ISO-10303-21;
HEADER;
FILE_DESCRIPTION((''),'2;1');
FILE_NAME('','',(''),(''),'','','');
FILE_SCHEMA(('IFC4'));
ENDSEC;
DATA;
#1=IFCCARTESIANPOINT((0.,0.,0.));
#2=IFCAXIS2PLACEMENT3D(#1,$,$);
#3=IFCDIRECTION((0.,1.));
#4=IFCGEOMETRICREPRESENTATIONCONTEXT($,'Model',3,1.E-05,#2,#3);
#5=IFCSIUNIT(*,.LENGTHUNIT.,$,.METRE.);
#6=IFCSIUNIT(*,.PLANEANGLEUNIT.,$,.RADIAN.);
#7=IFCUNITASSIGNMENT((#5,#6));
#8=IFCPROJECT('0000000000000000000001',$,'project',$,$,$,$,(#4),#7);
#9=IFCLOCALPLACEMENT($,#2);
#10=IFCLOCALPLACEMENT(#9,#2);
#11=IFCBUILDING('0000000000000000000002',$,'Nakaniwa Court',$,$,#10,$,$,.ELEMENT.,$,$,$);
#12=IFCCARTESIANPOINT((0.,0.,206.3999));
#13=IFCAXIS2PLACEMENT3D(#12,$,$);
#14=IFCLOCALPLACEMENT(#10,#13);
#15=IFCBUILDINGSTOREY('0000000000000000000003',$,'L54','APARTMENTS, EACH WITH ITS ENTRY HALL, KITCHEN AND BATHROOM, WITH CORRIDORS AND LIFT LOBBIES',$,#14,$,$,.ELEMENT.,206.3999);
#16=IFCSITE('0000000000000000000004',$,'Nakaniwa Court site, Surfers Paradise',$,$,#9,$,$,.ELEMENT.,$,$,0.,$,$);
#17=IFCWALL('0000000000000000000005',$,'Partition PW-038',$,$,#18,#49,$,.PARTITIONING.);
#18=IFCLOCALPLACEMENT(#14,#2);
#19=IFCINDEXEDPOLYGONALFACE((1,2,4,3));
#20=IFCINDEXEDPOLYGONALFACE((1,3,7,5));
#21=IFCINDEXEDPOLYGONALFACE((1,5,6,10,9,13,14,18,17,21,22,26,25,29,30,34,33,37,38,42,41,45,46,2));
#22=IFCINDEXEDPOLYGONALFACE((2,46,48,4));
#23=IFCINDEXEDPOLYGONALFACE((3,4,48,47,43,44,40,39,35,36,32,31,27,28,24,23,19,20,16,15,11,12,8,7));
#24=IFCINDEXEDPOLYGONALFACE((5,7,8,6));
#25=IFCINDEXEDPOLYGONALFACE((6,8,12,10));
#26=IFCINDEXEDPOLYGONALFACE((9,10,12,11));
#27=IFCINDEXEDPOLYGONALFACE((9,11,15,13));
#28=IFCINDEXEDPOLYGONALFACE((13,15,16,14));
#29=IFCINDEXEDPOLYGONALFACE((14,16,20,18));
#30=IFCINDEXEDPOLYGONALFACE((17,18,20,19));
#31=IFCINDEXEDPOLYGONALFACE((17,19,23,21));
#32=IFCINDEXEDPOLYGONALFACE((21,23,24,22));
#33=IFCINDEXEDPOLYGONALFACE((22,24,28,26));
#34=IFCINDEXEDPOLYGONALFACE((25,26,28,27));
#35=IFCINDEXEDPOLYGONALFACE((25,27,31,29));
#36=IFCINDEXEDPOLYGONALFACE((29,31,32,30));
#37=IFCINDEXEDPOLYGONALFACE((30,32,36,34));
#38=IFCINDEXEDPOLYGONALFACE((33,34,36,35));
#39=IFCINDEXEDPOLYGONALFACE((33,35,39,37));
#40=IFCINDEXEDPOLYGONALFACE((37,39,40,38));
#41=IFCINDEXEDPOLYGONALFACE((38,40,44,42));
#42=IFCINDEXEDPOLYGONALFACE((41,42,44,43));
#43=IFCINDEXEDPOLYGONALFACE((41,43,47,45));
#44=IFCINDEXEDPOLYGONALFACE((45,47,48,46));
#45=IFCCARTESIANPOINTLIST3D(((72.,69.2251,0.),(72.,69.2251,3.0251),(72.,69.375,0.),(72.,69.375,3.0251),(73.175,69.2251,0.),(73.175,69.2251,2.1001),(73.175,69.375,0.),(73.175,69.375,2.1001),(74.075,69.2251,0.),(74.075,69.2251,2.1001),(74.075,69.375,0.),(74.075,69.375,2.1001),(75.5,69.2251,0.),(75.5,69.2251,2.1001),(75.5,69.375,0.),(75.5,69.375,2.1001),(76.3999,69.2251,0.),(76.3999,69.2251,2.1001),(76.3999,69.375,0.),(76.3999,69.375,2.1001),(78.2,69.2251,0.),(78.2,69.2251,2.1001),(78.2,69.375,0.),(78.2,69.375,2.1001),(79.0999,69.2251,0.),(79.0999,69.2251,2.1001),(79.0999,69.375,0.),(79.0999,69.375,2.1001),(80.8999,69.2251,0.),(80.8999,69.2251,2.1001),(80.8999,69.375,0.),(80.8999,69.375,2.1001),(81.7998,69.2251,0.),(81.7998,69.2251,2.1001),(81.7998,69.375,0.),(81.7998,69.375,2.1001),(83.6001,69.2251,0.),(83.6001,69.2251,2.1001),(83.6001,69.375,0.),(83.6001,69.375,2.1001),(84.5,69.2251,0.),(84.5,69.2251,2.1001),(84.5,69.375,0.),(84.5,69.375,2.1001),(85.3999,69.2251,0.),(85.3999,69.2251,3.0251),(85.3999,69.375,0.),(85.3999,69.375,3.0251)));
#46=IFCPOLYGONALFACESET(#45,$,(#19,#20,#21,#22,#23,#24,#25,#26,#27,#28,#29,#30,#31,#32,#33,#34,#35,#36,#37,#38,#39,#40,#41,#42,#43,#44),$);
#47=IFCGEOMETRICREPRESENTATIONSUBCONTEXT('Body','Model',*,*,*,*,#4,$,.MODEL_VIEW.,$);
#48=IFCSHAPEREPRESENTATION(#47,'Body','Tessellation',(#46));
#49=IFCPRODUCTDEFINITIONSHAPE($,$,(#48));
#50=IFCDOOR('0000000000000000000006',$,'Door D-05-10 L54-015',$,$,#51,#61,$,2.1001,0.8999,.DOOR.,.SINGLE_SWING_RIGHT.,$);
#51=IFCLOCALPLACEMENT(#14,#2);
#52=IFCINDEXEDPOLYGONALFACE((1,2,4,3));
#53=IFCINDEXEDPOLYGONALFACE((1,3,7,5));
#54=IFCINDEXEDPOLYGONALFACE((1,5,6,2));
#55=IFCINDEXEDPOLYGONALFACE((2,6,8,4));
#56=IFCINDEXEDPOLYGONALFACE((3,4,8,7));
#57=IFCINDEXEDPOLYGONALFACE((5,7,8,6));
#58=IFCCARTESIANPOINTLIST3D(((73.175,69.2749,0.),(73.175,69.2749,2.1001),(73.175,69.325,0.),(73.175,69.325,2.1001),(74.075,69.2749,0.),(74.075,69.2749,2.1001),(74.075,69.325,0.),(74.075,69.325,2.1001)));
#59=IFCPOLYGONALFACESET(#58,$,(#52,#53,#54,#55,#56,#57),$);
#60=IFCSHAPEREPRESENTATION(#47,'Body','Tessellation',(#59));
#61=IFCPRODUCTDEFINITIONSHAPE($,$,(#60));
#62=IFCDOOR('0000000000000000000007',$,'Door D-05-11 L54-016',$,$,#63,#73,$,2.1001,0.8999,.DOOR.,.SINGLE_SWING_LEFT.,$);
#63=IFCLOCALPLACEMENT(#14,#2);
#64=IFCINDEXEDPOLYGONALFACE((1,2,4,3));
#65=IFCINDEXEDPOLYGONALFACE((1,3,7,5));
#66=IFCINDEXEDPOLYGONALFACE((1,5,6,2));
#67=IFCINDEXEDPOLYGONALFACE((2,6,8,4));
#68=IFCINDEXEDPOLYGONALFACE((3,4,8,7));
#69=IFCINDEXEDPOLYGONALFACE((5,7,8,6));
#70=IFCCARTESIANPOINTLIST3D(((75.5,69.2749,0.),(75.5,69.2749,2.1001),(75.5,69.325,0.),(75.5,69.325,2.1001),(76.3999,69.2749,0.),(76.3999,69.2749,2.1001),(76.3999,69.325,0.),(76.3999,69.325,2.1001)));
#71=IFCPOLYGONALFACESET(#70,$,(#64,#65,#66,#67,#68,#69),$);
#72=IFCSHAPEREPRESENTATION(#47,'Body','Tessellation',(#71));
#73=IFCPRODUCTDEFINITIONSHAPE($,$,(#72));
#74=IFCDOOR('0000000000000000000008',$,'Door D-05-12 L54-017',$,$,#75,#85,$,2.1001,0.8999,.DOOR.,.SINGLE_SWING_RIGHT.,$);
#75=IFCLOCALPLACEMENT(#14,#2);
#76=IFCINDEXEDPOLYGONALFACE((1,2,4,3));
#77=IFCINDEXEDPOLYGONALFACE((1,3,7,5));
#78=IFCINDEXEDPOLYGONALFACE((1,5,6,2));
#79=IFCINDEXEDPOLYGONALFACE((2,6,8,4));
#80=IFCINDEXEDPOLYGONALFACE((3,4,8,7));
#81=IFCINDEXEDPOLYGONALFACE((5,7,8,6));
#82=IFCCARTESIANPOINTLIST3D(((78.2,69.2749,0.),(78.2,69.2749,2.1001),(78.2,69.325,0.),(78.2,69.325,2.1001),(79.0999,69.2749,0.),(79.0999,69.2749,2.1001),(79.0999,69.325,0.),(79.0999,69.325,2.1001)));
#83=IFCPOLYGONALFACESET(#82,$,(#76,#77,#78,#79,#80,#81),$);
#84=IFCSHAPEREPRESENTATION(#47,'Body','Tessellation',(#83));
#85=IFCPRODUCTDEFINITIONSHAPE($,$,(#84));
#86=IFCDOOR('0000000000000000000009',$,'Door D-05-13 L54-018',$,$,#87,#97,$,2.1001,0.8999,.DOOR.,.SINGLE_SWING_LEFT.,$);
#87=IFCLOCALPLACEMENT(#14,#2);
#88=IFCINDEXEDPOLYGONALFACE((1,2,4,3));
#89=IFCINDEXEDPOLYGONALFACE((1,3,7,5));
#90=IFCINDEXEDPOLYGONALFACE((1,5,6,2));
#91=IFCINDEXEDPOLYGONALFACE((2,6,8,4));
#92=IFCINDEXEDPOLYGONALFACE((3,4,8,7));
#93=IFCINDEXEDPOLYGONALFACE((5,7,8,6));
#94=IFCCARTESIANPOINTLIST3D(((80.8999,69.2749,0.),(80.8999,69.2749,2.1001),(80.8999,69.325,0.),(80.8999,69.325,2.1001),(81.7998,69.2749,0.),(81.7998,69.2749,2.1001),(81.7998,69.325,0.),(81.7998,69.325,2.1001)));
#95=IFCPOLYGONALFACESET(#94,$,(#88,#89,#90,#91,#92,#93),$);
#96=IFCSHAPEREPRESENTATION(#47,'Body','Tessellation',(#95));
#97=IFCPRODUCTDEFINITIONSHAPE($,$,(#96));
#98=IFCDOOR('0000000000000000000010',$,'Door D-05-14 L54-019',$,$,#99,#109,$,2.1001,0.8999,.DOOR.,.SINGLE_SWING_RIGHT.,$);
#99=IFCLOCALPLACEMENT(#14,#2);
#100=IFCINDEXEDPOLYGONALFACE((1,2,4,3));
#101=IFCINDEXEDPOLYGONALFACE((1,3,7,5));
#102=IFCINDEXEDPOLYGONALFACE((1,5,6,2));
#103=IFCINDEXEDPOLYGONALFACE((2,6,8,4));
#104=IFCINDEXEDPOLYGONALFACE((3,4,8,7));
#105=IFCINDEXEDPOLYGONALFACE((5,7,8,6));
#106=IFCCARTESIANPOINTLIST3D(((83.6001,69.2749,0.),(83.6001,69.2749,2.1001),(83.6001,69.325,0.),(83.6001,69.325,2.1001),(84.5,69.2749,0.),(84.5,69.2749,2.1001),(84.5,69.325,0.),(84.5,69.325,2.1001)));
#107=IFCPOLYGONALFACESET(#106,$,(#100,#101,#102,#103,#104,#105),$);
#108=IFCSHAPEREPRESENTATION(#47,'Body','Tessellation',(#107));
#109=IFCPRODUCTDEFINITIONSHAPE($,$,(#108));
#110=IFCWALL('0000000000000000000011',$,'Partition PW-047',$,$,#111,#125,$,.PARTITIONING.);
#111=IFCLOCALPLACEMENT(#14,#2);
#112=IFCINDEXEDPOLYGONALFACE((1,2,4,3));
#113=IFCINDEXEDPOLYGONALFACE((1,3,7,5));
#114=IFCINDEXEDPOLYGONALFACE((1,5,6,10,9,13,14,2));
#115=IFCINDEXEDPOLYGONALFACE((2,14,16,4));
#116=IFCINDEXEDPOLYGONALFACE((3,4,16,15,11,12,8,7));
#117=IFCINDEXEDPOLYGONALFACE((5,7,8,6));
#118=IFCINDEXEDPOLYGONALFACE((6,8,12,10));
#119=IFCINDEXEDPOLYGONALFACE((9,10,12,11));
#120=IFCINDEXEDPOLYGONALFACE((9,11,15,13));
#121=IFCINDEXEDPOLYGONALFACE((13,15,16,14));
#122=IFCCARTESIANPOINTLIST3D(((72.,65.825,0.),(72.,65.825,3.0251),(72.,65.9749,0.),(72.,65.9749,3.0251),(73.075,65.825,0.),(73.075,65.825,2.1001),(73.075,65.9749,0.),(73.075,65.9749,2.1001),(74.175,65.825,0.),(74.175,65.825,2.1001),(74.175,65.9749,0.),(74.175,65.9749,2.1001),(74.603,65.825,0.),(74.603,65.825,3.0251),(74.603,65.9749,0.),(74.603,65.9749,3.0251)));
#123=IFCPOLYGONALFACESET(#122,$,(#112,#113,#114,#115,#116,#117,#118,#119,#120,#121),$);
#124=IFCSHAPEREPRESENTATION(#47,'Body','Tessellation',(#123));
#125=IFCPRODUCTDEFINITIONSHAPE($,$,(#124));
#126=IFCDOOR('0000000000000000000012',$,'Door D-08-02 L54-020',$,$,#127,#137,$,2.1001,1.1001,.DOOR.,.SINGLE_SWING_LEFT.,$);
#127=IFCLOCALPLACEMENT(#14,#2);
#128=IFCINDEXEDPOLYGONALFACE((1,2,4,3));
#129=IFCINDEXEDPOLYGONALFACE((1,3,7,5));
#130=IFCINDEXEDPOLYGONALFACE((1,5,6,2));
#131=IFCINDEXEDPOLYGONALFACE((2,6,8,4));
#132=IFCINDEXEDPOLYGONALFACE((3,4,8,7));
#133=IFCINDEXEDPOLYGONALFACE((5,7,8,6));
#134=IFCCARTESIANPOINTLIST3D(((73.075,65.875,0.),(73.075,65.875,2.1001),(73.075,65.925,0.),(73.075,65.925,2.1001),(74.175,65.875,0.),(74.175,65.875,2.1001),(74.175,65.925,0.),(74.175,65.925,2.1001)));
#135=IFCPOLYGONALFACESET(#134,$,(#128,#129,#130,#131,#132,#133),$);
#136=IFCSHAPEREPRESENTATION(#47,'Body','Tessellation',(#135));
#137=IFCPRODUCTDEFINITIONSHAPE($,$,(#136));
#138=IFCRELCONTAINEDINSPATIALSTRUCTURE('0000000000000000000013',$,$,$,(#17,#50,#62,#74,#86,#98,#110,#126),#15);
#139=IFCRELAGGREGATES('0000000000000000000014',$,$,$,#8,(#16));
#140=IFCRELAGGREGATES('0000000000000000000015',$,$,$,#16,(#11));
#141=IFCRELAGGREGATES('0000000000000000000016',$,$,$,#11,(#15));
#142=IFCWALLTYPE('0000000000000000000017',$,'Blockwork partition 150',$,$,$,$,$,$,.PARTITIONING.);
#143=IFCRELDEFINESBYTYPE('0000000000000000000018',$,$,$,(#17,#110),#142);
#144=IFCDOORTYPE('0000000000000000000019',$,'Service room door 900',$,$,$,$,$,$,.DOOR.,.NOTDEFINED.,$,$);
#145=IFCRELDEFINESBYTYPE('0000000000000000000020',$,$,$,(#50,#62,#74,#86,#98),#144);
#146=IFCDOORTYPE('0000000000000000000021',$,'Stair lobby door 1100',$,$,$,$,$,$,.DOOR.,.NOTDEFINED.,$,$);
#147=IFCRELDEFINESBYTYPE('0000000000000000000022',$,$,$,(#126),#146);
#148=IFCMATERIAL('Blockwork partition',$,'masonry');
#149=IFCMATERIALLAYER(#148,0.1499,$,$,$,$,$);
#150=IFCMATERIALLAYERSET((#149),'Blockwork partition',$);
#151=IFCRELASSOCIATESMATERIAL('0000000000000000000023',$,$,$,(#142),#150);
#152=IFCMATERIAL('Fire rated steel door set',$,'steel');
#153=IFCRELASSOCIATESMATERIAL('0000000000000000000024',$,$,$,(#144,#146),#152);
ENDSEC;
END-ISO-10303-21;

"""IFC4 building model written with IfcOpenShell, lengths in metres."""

from ifc_helpers import new_model, si_unit, direction, frame, frame_2d, origin, place, context, subcontext, project, spatial, rectangle, extrude, material, layer, layer_set, type_object, element, fill, save


model = new_model("IFC4")

# Units and contexts
model_context = context("Model", 3, precision=1e-05, world=origin(), true_north=direction((0.0, 1.0)))
body_context = subcontext(model_context, "Body", "Model", "MODEL_VIEW")
ifc_project = project(units=[si_unit("LENGTHUNIT", "METRE"), si_unit("PLANEANGLEUNIT", "RADIAN")], contexts=[model_context])

# Site, building, storey
site_placement = place(None, origin())
site = spatial("IfcSite", under=ifc_project, at=site_placement, Name="Nakaniwa Court site, Surfers Paradise", CompositionType="ELEMENT", RefElevation=0.0)
building_placement = place(site_placement, origin())
building = spatial("IfcBuilding", under=site, at=building_placement, Name="Nakaniwa Court", CompositionType="ELEMENT")
storey_placement = place(building_placement, frame((0.0, 0.0, 206.3999)))
storey = spatial("IfcBuildingStorey", under=building, at=storey_placement, Name="L54", Description="APARTMENTS, EACH WITH ITS ENTRY HALL, KITCHEN AND BATHROOM, WITH CORRIDORS AND LIFT LOBBIES", CompositionType="ELEMENT", Elevation=206.3999)

# Shared definitions
ifc_material_1 = material(Name="Blockwork partition", Category="masonry")
ifc_layer_1 = layer(ifc_material_1, 0.1499)
ifc_layer_set_1 = layer_set([ifc_layer_1], Name="Blockwork partition")
wall_type_1 = type_object("IfcWallType", Name="Blockwork partition 150", PredefinedType="PARTITIONING", material=ifc_layer_set_1)

# Wall, openings, doors
wall_1_placement = place(storey_placement, frame((72.0, 69.3, 0.0), z_axis=(0.0, 0.0, 1.0), x_axis=(1.0, 0.0, 0.0)))
wall_1 = element("IfcWall", 1, at=wall_1_placement, inside=storey, type_object=wall_type_1, Name="Partition PW-038", PredefinedType="PARTITIONING", context=body_context, shape_type="SweptSolid", body=[
    extrude(rectangle(XDim=13.3999, YDim=0.1499, at=frame_2d((6.7, 0.0))), origin(), (0.0, 0.0, 1.0), 3.0251),
])
opening_1_placement = place(wall_1_placement, frame((1.175, 0.0, 0.0)))
opening_1 = element("IfcOpeningElement", 2, at=opening_1_placement, cuts=wall_1, PredefinedType="OPENING", context=body_context, shape_type="SweptSolid", body=[
    extrude(rectangle(XDim=0.8999, YDim=2.1001, at=frame_2d((0.45, 1.05))), frame((0.0, 0.085, 0.0), z_axis=(0.0, -1.0, 0.0), x_axis=(1.0, 0.0, 0.0)), (0.0, 0.0, 1.0), 0.1699),
])
opening_2_placement = place(wall_1_placement, frame((3.5, 0.0, 0.0)))
opening_2 = element("IfcOpeningElement", 3, at=opening_2_placement, cuts=wall_1, PredefinedType="OPENING", context=body_context, shape_type="SweptSolid", body=[
    extrude(rectangle(XDim=0.8999, YDim=2.1001, at=frame_2d((0.45, 1.05))), frame((0.0, 0.085, 0.0), z_axis=(0.0, -1.0, 0.0), x_axis=(1.0, 0.0, 0.0)), (0.0, 0.0, 1.0), 0.1699),
])
opening_3_placement = place(wall_1_placement, frame((6.2, 0.0, 0.0)))
opening_3 = element("IfcOpeningElement", 4, at=opening_3_placement, cuts=wall_1, PredefinedType="OPENING", context=body_context, shape_type="SweptSolid", body=[
    extrude(rectangle(XDim=0.8999, YDim=2.1001, at=frame_2d((0.45, 1.05))), frame((0.0, 0.085, 0.0), z_axis=(0.0, -1.0, 0.0), x_axis=(1.0, 0.0, 0.0)), (0.0, 0.0, 1.0), 0.1699),
])
opening_4_placement = place(wall_1_placement, frame((8.8999, 0.0, 0.0)))
opening_4 = element("IfcOpeningElement", 5, at=opening_4_placement, cuts=wall_1, PredefinedType="OPENING", context=body_context, shape_type="SweptSolid", body=[
    extrude(rectangle(XDim=0.8999, YDim=2.1001, at=frame_2d((0.45, 1.05))), frame((0.0, 0.085, 0.0), z_axis=(0.0, -1.0, 0.0), x_axis=(1.0, 0.0, 0.0)), (0.0, 0.0, 1.0), 0.1699),
])
opening_5_placement = place(wall_1_placement, frame((11.6001, 0.0, 0.0)))
opening_5 = element("IfcOpeningElement", 6, at=opening_5_placement, cuts=wall_1, PredefinedType="OPENING", context=body_context, shape_type="SweptSolid", body=[
    extrude(rectangle(XDim=0.8999, YDim=2.1001, at=frame_2d((0.45, 1.05))), frame((0.0, 0.085, 0.0), z_axis=(0.0, -1.0, 0.0), x_axis=(1.0, 0.0, 0.0)), (0.0, 0.0, 1.0), 0.1699),
])
ifc_material_2 = material(Name="Fire rated steel door set", Category="steel")
door_type_1 = type_object("IfcDoorType", Name="Service room door 900", OperationType="NOTDEFINED", PredefinedType="DOOR", material=ifc_material_2)
door_1_placement = place(opening_1_placement, origin())
door_1 = element("IfcDoor", 7, at=door_1_placement, inside=storey, type_object=door_type_1, Name="Door D-05-10 L54-015", OperationType="SINGLE_SWING_RIGHT", OverallHeight=2.1001, OverallWidth=0.8999, PredefinedType="DOOR", context=body_context, shape_type="SweptSolid", body=[
    extrude(rectangle(XDim=0.8999, YDim=2.1001, at=frame_2d((0.45, 1.05))), frame((0.0, 0.0249, 0.0), z_axis=(0.0, -1.0, 0.0), x_axis=(1.0, 0.0, 0.0)), (0.0, 0.0, 1.0), 0.05),
])
fill(opening_1, door_1)
door_2_placement = place(opening_2_placement, origin())
door_2 = element("IfcDoor", 8, at=door_2_placement, inside=storey, type_object=door_type_1, Name="Door D-05-11 L54-016", OperationType="SINGLE_SWING_LEFT", OverallHeight=2.1001, OverallWidth=0.8999, PredefinedType="DOOR", context=body_context, shape_type="SweptSolid", body=[
    extrude(rectangle(XDim=0.8999, YDim=2.1001, at=frame_2d((0.45, 1.05))), frame((0.0, 0.0249, 0.0), z_axis=(0.0, -1.0, 0.0), x_axis=(1.0, 0.0, 0.0)), (0.0, 0.0, 1.0), 0.05),
])
fill(opening_2, door_2)
door_3_placement = place(opening_3_placement, origin())
door_3 = element("IfcDoor", 9, at=door_3_placement, inside=storey, type_object=door_type_1, Name="Door D-05-12 L54-017", OperationType="SINGLE_SWING_RIGHT", OverallHeight=2.1001, OverallWidth=0.8999, PredefinedType="DOOR", context=body_context, shape_type="SweptSolid", body=[
    extrude(rectangle(XDim=0.8999, YDim=2.1001, at=frame_2d((0.45, 1.05))), frame((0.0, 0.0249, 0.0), z_axis=(0.0, -1.0, 0.0), x_axis=(1.0, 0.0, 0.0)), (0.0, 0.0, 1.0), 0.05),
])
fill(opening_3, door_3)
door_4_placement = place(opening_4_placement, origin())
door_4 = element("IfcDoor", 10, at=door_4_placement, inside=storey, type_object=door_type_1, Name="Door D-05-13 L54-018", OperationType="SINGLE_SWING_LEFT", OverallHeight=2.1001, OverallWidth=0.8999, PredefinedType="DOOR", context=body_context, shape_type="SweptSolid", body=[
    extrude(rectangle(XDim=0.8999, YDim=2.1001, at=frame_2d((0.45, 1.05))), frame((0.0, 0.0249, 0.0), z_axis=(0.0, -1.0, 0.0), x_axis=(1.0, 0.0, 0.0)), (0.0, 0.0, 1.0), 0.05),
])
fill(opening_4, door_4)
door_5_placement = place(opening_5_placement, origin())
door_5 = element("IfcDoor", 11, at=door_5_placement, inside=storey, type_object=door_type_1, Name="Door D-05-14 L54-019", OperationType="SINGLE_SWING_RIGHT", OverallHeight=2.1001, OverallWidth=0.8999, PredefinedType="DOOR", context=body_context, shape_type="SweptSolid", body=[
    extrude(rectangle(XDim=0.8999, YDim=2.1001, at=frame_2d((0.45, 1.05))), frame((0.0, 0.0249, 0.0), z_axis=(0.0, -1.0, 0.0), x_axis=(1.0, 0.0, 0.0)), (0.0, 0.0, 1.0), 0.05),
])
fill(opening_5, door_5)

# Wall, opening, door
wall_2_placement = place(storey_placement, frame((74.603, 65.8999, 0.0), z_axis=(0.0, 0.0, 1.0), x_axis=(-1.0, 0.0, 0.0)))
wall_2 = element("IfcWall", 12, at=wall_2_placement, inside=storey, type_object=wall_type_1, Name="Partition PW-047", PredefinedType="PARTITIONING", context=body_context, shape_type="SweptSolid", body=[
    extrude(rectangle(XDim=2.603, YDim=0.1499, at=frame_2d((1.3015, 0.0))), origin(), (0.0, 0.0, 1.0), 3.0251),
])
opening_6_placement = place(wall_2_placement, frame((0.428, 0.0, 0.0)))
opening_6 = element("IfcOpeningElement", 13, at=opening_6_placement, cuts=wall_2, PredefinedType="OPENING", context=body_context, shape_type="SweptSolid", body=[
    extrude(rectangle(XDim=1.1001, YDim=2.1001, at=frame_2d((0.55, 1.05))), frame((0.0, 0.085, 0.0), z_axis=(0.0, -1.0, 0.0), x_axis=(1.0, 0.0, 0.0)), (0.0, 0.0, 1.0), 0.1699),
])
door_type_2 = type_object("IfcDoorType", Name="Stair lobby door 1100", OperationType="NOTDEFINED", PredefinedType="DOOR", material=ifc_material_2)
door_6_placement = place(opening_6_placement, origin())
door_6 = element("IfcDoor", 14, at=door_6_placement, inside=storey, type_object=door_type_2, Name="Door D-08-02 L54-020", OperationType="SINGLE_SWING_LEFT", OverallHeight=2.1001, OverallWidth=1.1001, PredefinedType="DOOR", context=body_context, shape_type="SweptSolid", body=[
    extrude(rectangle(XDim=1.1001, YDim=2.1001, at=frame_2d((0.55, 1.05))), frame((0.0, 0.0249, 0.0), z_axis=(0.0, -1.0, 0.0), x_axis=(1.0, 0.0, 0.0)), (0.0, 0.0, 1.0), 0.05),
])
fill(opening_6, door_6)

save(model, "model.ifc")
